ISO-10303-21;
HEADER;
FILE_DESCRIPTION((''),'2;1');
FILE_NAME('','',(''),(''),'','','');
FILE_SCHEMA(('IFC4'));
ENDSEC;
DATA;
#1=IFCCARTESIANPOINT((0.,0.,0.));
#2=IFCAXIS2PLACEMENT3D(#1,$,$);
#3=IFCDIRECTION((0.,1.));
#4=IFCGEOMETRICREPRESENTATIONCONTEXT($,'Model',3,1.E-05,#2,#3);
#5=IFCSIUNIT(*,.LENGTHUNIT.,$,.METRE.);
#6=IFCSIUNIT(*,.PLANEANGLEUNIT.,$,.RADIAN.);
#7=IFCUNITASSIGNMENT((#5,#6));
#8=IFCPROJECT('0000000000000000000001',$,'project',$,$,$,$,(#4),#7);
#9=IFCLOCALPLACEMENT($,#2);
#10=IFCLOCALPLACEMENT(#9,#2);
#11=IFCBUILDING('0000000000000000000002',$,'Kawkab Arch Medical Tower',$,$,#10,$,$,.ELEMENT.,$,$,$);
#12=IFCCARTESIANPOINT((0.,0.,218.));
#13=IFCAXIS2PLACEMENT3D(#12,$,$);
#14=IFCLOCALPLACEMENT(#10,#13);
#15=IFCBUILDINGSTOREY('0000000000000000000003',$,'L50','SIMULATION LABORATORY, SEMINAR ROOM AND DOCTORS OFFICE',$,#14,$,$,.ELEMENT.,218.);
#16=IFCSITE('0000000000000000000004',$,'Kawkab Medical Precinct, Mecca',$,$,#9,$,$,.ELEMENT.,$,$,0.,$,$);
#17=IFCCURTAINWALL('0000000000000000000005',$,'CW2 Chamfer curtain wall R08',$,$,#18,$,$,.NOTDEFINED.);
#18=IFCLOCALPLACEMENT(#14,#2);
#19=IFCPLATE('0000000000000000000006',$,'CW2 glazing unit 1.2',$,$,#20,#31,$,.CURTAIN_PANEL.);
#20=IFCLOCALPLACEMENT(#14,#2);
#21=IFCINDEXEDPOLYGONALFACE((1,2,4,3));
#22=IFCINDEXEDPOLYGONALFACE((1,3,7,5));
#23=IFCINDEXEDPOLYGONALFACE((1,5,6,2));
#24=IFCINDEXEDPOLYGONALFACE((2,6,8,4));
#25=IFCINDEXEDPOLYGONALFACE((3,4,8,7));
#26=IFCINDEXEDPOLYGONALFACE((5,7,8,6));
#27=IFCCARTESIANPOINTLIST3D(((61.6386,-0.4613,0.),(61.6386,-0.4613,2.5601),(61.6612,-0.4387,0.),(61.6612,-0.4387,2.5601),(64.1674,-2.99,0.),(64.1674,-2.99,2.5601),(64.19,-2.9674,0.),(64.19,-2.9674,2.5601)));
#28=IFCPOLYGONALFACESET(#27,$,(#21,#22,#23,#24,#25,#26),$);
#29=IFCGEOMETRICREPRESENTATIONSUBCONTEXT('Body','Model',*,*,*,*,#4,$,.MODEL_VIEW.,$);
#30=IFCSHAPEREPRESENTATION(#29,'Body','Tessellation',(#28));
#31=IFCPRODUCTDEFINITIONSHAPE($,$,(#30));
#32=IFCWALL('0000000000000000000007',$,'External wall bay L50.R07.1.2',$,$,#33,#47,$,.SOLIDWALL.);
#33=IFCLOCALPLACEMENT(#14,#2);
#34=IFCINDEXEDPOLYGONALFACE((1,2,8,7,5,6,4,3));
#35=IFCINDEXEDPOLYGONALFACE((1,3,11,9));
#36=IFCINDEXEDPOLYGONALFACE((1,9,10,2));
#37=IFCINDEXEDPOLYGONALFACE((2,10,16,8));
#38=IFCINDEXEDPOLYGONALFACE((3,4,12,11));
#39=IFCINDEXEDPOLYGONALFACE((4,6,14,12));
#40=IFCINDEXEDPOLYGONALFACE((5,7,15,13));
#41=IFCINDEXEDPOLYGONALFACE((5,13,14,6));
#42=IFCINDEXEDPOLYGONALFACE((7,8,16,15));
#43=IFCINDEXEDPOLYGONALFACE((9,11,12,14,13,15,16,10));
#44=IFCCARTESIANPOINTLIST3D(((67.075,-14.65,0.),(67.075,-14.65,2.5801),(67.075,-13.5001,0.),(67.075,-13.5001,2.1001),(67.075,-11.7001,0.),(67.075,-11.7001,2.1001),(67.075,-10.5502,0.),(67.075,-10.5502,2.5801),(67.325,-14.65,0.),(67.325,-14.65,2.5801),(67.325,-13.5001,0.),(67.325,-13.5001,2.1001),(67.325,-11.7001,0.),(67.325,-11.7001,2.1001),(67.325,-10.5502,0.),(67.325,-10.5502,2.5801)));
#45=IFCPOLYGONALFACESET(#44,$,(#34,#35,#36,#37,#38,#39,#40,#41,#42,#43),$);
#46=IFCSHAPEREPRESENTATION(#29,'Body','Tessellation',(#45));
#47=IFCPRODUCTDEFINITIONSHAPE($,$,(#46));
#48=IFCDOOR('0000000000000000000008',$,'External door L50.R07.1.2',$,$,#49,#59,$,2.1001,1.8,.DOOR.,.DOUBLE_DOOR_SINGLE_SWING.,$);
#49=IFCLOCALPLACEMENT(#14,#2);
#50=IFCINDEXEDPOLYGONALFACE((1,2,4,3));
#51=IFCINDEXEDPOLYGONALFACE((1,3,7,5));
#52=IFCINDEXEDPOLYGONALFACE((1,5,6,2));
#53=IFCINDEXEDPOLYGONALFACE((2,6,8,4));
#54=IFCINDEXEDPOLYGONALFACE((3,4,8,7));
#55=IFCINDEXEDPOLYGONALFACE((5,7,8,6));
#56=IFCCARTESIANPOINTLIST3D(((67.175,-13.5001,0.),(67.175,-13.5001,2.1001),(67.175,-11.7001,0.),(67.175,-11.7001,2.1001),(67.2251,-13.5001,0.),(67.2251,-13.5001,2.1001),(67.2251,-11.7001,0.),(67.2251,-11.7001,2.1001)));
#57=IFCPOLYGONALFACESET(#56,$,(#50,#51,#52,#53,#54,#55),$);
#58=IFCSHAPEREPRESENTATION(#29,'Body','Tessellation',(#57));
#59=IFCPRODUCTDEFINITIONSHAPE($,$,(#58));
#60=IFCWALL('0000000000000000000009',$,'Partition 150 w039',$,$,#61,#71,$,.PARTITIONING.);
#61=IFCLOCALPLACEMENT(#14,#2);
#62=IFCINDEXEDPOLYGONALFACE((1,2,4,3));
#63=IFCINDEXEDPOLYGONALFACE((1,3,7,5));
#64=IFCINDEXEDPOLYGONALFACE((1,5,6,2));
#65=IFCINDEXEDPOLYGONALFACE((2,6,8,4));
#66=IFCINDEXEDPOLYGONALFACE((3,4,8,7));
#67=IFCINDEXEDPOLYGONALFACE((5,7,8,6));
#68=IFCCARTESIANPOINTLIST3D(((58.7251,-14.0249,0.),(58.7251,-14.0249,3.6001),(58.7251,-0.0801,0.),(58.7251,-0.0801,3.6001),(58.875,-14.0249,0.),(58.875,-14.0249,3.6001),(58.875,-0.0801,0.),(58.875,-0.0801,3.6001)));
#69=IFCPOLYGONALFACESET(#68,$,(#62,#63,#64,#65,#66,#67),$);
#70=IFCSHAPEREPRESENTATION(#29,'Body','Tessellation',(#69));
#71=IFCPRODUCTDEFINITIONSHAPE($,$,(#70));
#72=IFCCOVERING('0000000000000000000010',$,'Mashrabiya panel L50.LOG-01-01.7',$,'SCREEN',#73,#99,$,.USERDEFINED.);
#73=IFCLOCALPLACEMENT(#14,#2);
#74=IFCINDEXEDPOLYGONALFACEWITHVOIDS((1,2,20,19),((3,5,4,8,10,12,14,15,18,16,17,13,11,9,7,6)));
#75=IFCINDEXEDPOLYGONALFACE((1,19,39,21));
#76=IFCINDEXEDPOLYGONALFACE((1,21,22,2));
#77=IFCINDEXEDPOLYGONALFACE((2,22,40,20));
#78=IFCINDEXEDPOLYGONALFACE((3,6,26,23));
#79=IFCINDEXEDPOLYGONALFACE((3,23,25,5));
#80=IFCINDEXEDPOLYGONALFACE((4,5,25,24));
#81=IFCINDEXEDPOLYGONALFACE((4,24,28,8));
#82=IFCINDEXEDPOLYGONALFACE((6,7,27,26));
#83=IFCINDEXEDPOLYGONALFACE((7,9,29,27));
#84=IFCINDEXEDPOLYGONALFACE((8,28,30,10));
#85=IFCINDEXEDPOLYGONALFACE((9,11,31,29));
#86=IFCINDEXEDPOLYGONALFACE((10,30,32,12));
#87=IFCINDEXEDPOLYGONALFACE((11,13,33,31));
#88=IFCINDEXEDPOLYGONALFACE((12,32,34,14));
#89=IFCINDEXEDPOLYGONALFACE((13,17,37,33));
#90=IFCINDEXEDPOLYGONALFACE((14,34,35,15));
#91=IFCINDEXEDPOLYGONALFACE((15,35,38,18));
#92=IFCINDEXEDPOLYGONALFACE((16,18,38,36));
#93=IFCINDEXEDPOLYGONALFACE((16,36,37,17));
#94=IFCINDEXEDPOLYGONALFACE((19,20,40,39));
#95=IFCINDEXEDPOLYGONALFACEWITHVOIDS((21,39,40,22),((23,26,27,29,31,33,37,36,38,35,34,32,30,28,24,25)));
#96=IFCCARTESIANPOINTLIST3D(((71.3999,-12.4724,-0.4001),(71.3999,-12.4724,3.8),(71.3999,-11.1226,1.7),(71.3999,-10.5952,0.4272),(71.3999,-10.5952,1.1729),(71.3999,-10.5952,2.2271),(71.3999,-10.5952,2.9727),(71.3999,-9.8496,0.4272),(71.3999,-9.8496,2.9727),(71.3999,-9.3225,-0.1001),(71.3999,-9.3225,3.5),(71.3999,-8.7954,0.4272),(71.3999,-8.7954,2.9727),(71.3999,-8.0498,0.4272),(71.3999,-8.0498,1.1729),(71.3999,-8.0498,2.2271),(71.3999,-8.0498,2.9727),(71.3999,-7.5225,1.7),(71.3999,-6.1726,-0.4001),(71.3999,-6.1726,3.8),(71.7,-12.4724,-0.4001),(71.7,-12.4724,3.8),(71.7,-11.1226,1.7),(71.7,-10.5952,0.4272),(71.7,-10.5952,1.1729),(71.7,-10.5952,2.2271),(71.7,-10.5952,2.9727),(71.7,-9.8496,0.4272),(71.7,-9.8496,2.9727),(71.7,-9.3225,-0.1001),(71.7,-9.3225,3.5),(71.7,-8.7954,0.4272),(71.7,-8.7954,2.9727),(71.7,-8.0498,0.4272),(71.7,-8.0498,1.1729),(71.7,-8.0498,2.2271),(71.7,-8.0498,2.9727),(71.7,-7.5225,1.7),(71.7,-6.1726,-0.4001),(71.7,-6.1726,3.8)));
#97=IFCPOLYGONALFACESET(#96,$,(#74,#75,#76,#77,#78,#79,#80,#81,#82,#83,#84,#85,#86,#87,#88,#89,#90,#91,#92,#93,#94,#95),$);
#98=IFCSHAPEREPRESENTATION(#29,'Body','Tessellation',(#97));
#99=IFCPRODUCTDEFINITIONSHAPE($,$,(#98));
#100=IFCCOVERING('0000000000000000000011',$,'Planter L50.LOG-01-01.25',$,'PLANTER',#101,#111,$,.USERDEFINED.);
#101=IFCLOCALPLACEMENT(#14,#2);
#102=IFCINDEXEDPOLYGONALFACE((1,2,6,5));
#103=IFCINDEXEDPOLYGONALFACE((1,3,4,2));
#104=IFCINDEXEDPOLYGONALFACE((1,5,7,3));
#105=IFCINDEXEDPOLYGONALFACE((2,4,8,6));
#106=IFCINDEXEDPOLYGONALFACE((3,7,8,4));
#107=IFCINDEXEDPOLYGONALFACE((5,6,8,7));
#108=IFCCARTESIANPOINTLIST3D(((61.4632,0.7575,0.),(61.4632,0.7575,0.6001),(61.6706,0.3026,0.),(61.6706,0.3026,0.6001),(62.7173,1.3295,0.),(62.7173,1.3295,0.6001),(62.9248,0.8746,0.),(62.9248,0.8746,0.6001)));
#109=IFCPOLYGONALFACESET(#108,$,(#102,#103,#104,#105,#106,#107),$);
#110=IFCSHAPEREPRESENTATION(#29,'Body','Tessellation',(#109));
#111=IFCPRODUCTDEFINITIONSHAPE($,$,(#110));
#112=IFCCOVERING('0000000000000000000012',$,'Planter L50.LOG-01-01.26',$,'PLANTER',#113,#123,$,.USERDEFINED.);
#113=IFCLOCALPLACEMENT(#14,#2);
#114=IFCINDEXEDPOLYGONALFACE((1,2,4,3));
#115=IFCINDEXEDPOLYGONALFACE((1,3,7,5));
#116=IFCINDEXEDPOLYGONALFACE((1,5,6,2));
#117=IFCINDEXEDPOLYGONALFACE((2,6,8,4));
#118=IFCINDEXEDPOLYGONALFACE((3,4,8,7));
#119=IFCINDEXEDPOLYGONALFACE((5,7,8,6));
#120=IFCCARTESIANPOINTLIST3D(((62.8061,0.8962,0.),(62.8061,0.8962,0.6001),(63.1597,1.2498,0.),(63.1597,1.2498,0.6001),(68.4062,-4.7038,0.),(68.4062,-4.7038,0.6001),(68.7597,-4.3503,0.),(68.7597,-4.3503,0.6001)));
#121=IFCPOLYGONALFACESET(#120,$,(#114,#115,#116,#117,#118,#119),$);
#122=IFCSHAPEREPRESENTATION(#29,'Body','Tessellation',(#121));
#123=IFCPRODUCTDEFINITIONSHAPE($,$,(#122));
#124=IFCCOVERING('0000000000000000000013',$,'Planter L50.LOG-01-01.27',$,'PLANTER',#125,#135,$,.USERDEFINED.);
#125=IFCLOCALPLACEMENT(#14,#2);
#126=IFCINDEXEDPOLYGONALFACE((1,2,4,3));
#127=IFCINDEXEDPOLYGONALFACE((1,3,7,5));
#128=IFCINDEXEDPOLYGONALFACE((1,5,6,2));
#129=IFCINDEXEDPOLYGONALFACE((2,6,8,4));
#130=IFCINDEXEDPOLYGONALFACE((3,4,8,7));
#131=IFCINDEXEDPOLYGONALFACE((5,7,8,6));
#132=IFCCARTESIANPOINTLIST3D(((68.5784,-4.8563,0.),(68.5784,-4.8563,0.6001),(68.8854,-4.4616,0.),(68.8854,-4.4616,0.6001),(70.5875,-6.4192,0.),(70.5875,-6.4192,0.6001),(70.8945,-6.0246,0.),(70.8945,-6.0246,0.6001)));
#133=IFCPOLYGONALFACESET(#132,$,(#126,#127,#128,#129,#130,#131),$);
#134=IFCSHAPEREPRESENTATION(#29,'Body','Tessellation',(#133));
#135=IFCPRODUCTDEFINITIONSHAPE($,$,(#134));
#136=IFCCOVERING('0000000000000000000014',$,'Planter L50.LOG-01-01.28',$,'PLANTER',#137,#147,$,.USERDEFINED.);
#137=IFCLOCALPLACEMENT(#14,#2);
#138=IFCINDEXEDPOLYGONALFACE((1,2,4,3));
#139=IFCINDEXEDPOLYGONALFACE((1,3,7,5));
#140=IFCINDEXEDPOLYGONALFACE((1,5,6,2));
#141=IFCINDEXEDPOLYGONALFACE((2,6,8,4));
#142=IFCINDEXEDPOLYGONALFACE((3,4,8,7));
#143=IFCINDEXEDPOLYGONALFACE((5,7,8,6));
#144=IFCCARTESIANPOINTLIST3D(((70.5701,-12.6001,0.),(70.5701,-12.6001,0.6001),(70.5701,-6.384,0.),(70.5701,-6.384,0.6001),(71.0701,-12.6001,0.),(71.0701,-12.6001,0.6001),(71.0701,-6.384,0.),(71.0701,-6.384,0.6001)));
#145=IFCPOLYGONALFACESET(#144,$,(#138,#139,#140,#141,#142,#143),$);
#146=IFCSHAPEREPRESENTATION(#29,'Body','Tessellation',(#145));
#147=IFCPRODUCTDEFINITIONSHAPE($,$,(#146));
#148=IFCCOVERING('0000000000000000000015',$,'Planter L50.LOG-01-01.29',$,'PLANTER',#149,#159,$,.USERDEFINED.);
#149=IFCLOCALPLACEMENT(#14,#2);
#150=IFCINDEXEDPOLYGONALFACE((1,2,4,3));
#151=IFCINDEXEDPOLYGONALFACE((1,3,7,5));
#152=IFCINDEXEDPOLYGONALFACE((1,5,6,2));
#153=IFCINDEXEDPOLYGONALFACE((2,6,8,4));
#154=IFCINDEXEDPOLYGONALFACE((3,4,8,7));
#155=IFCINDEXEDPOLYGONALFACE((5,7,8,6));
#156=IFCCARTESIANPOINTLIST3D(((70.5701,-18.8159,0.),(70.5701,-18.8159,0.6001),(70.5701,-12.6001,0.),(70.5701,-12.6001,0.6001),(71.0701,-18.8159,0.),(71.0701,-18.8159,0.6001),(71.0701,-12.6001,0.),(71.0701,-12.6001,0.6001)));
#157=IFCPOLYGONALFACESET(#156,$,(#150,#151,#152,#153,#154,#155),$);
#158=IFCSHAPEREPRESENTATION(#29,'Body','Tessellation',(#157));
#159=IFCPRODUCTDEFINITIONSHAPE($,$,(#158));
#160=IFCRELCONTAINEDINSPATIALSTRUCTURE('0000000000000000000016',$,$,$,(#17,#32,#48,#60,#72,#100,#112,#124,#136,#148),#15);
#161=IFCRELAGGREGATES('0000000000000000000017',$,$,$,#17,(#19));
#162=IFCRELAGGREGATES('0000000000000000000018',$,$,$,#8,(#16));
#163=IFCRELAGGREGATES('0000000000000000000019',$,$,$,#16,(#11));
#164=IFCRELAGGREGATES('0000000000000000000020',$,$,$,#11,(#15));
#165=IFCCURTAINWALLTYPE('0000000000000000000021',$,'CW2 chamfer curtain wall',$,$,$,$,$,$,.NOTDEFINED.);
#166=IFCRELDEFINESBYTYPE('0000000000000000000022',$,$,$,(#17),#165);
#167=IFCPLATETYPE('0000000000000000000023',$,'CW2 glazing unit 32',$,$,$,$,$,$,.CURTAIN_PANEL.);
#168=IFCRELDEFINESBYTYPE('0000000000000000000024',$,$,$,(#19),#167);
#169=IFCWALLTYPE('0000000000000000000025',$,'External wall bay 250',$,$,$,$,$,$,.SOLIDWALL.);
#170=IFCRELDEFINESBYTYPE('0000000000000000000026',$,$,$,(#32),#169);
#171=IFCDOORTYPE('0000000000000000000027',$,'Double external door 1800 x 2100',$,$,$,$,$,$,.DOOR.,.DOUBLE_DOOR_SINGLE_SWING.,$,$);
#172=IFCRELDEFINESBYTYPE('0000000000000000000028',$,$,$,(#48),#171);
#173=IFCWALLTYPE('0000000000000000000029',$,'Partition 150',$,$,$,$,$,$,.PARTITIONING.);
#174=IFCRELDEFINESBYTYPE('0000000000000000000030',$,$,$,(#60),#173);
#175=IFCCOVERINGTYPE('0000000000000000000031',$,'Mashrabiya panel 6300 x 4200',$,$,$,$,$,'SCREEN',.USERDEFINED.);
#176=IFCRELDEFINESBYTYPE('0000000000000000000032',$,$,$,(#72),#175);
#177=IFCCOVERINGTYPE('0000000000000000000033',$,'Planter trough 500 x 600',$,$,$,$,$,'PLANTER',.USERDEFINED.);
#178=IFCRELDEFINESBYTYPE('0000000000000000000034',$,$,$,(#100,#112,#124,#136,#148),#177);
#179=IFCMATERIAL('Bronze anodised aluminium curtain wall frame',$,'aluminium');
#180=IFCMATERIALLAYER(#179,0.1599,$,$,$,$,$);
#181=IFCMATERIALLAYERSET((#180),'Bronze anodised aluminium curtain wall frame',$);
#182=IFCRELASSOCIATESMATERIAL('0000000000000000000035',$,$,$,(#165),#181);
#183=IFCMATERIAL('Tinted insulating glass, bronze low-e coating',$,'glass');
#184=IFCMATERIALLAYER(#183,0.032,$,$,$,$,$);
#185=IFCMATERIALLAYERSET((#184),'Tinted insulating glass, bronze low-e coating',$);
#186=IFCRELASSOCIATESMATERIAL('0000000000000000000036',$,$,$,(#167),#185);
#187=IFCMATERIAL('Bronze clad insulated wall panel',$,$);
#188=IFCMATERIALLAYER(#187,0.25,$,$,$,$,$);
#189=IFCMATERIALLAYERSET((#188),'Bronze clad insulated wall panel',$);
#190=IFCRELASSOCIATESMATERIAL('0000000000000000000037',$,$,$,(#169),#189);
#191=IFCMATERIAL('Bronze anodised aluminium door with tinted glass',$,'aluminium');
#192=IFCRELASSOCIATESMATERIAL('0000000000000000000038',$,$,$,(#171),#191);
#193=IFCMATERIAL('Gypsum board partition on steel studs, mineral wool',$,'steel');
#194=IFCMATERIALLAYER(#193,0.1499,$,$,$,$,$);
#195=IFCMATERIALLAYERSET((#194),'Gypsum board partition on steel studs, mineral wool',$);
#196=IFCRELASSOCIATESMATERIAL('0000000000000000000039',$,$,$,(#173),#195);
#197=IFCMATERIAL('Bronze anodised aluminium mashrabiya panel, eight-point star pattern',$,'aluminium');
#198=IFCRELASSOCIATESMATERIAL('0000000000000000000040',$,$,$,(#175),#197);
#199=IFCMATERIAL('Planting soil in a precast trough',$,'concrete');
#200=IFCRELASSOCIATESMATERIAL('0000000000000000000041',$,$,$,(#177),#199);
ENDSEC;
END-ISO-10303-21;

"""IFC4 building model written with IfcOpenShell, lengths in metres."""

from ifc_helpers import new_model, si_unit, direction, frame, frame_2d, origin, origin_2d, place, context, subcontext, project, spatial, polyline, rectangle, outline, extrude, material, layer, layer_set, material_profile, profile_set, type_object, element, fill, aggregate, save


model = new_model("IFC4")

# Units and contexts
model_context = context("Model", 3, precision=1e-05, world=origin(), true_north=direction((0.0, 1.0)))
body_context = subcontext(model_context, "Body", "Model", "MODEL_VIEW")
ifc_project = project(units=[si_unit("LENGTHUNIT", "METRE"), si_unit("PLANEANGLEUNIT", "RADIAN")], contexts=[model_context])

# Site, building, storey
site_placement = place(None, origin())
site = spatial("IfcSite", under=ifc_project, at=site_placement, Name="Kawkab Medical Precinct, Mecca", CompositionType="ELEMENT", RefElevation=0.0)
building_placement = place(site_placement, origin())
building = spatial("IfcBuilding", under=site, at=building_placement, Name="Kawkab Arch Medical Tower", CompositionType="ELEMENT")
storey_placement = place(building_placement, frame((0.0, 0.0, 218.0)))
storey = spatial("IfcBuildingStorey", under=building, at=storey_placement, Name="L50", Description="SIMULATION LABORATORY, SEMINAR ROOM AND DOCTORS OFFICE", CompositionType="ELEMENT", Elevation=218.0)

# Curtain wall
placement = place(storey_placement, origin())
ifc_material_1 = material(Name="Bronze anodised aluminium curtain wall frame", Category="aluminium")
ifc_layer_1 = layer(ifc_material_1, 0.1599)
ifc_layer_set_1 = layer_set([ifc_layer_1], Name="Bronze anodised aluminium curtain wall frame")
curtain_wall_type_1 = type_object("IfcCurtainWallType", Name="CW2 chamfer curtain wall", PredefinedType="NOTDEFINED", material=ifc_layer_set_1)
curtain_wall_1 = element("IfcCurtainWall", 1, at=placement, inside=storey, type_object=curtain_wall_type_1, Name="CW2 Chamfer curtain wall R08", PredefinedType="NOTDEFINED")

# Plate
ifc_material_2 = material(Name="Tinted insulating glass, bronze low-e coating", Category="glass")
ifc_layer_2 = layer(ifc_material_2, 0.032)
ifc_layer_set_2 = layer_set([ifc_layer_2], Name="Tinted insulating glass, bronze low-e coating")
plate_type_1 = type_object("IfcPlateType", Name="CW2 glazing unit 32", PredefinedType="CURTAIN_PANEL", material=ifc_layer_set_2)
plate_1_placement = place(storey_placement, frame((62.9143, -1.7144, 0.0), z_axis=(0.0, 0.0, 1.0), x_axis=(-0.707107, 0.707107, 0.0)))
plate_1 = element("IfcPlate", 2, at=plate_1_placement, type_object=plate_type_1, Name="CW2 glazing unit 1.2", PredefinedType="CURTAIN_PANEL", context=body_context, shape_type="SweptSolid", body=[
    extrude(rectangle(XDim=3.5762, YDim=0.032, at=origin_2d()), origin(), (0.0, 0.0, 1.0), 2.5601),
])
aggregate(curtain_wall_1, [plate_1])

# Wall, opening, door
ifc_material_3 = material(Name="Bronze clad insulated wall panel")
ifc_layer_3 = layer(ifc_material_3, 0.25)
ifc_layer_set_3 = layer_set([ifc_layer_3], Name="Bronze clad insulated wall panel")
wall_type_1 = type_object("IfcWallType", Name="External wall bay 250", PredefinedType="SOLIDWALL", material=ifc_layer_set_3)
wall_1_placement = place(storey_placement, frame((67.2, -14.6499, 0.0), z_axis=(0.0, 0.0, 1.0), x_axis=(0.0, 1.0, 0.0)))
wall_1 = element("IfcWall", 3, at=wall_1_placement, inside=storey, type_object=wall_type_1, Name="External wall bay L50.R07.1.2", PredefinedType="SOLIDWALL", context=body_context, shape_type="SweptSolid", body=[
    extrude(rectangle(XDim=4.0999, YDim=0.25, at=frame_2d((2.0498, 0.0))), origin(), (0.0, 0.0, 1.0), 2.5801),
])
opening_placement = place(wall_1_placement, frame((1.1499, 0.0, 0.0)))
opening = element("IfcOpeningElement", 4, at=opening_placement, cuts=wall_1, PredefinedType="OPENING", context=body_context, shape_type="SweptSolid", body=[
    extrude(rectangle(XDim=1.8, YDim=2.1001, at=frame_2d((0.8999, 1.05))), frame((0.0, 0.135, 0.0), z_axis=(0.0, -1.0, 0.0), x_axis=(1.0, 0.0, 0.0)), (0.0, 0.0, 1.0), 0.27),
])
ifc_material_4 = material(Name="Bronze anodised aluminium door with tinted glass", Category="aluminium")
door_type = type_object("IfcDoorType", Name="Double external door 1800 x 2100", OperationType="DOUBLE_DOOR_SINGLE_SWING", PredefinedType="DOOR", material=ifc_material_4)
door_placement = place(opening_placement, origin())
door = element("IfcDoor", 5, at=door_placement, inside=storey, type_object=door_type, Name="External door L50.R07.1.2", OperationType="DOUBLE_DOOR_SINGLE_SWING", OverallHeight=2.1001, OverallWidth=1.8, PredefinedType="DOOR", context=body_context, shape_type="SweptSolid", body=[
    extrude(rectangle(XDim=1.8, YDim=2.1001, at=frame_2d((0.8999, 1.05))), frame((0.0, 0.0249, 0.0), z_axis=(0.0, -1.0, 0.0), x_axis=(1.0, 0.0, 0.0)), (0.0, 0.0, 1.0), 0.05),
])
fill(opening, door)

# Wall
ifc_material_5 = material(Name="Gypsum board partition on steel studs, mineral wool", Category="steel")
ifc_layer_4 = layer(ifc_material_5, 0.1499)
ifc_layer_set_4 = layer_set([ifc_layer_4], Name="Gypsum board partition on steel studs, mineral wool")
wall_type_2 = type_object("IfcWallType", Name="Partition 150", PredefinedType="PARTITIONING", material=ifc_layer_set_4)
wall_2_placement = place(storey_placement, frame((58.8, -14.0249, 0.0), z_axis=(0.0, 0.0, 1.0), x_axis=(0.0, 1.0, 0.0)))
element("IfcWall", 6, at=wall_2_placement, inside=storey, type_object=wall_type_2, Name="Partition 150 w039", PredefinedType="PARTITIONING", context=body_context, shape_type="SweptSolid", body=[
    extrude(rectangle(XDim=13.9448, YDim=0.1499, at=frame_2d((6.9724, 0.0))), origin(), (0.0, 0.0, 1.0), 3.6001),
])

# Coverings
ifc_material_6 = material(Name="Bronze anodised aluminium mashrabiya panel, eight-point star pattern", Category="aluminium")
ifc_material_profile_1 = material_profile(ifc_material_6, outline(polyline([(-3.1499, -2.1001), (3.1499, -2.1001), (3.1499, 2.1001), (-3.1499, 2.1001), (-3.1499, -2.1001)]), holes=[polyline([(1.8, 0.0), (1.2727, 0.5271), (1.2727, 1.2727), (0.5271, 1.2727), (0.0, 1.8), (-0.5271, 1.2727), (-1.2727, 1.2727), (-1.2727, 0.5271), (-1.8, 0.0), (-1.2727, -0.5271), (-1.2727, -1.2727), (-0.5271, -1.2727), (0.0, -1.8), (0.5271, -1.2727), (1.2727, -1.2727), (1.2727, -0.5271), (1.8, 0.0)])]), Name="Mashrabiya panel 6300x4200")
ifc_profile_set_1 = profile_set([ifc_material_profile_1], Name="Bronze anodised aluminium mashrabiya panel, eight-point star pattern")
covering_type_1 = type_object("IfcCoveringType", Name="Mashrabiya panel 6300 x 4200", ElementType="SCREEN", PredefinedType="USERDEFINED", material=ifc_profile_set_1)
covering_1_placement = place(storey_placement, frame((71.3999, -9.3225, 1.7), z_axis=(1.0, 0.0, 0.0), x_axis=(0.0, 1.0, 0.0)))
element("IfcCovering", 7, at=covering_1_placement, inside=storey, type_object=covering_type_1, Name="Mashrabiya panel L50.LOG-01-01.7", ObjectType="SCREEN", PredefinedType="USERDEFINED", context=body_context, shape_type="SweptSolid", body=[
    extrude(outline(polyline([(-3.1499, -2.1001), (3.1499, -2.1001), (3.1499, 2.1001), (-3.1499, 2.1001), (-3.1499, -2.1001)]), holes=[polyline([(1.8, 0.0), (1.2727, 0.5271), (1.2727, 1.2727), (0.5271, 1.2727), (0.0, 1.8), (-0.5271, 1.2727), (-1.2727, 1.2727), (-1.2727, 0.5271), (-1.8, 0.0), (-1.2727, -0.5271), (-1.2727, -1.2727), (-0.5271, -1.2727), (0.0, -1.8), (0.5271, -1.2727), (1.2727, -1.2727), (1.2727, -0.5271), (1.8, 0.0)])]), origin(), (0.0, 0.0, 1.0), 0.3),
])
ifc_material_7 = material(Name="Planting soil in a precast trough", Category="concrete")
ifc_material_profile_2 = material_profile(ifc_material_7, rectangle(XDim=0.5, YDim=0.6001, at=origin_2d()), Name="Trough 500x600")
ifc_profile_set_2 = profile_set([ifc_material_profile_2], Name="Planting soil in a precast trough")
covering_type_2 = type_object("IfcCoveringType", Name="Planter trough 500 x 600", ElementType="PLANTER", PredefinedType="USERDEFINED", material=ifc_profile_set_2)
covering_2_placement = place(storey_placement, frame((61.5669, 0.53, 0.3), z_axis=(0.909832, 0.414977, 0.0), x_axis=(-0.414977, 0.909832, 0.0)))
element("IfcCovering", 8, at=covering_2_placement, inside=storey, type_object=covering_type_2, Name="Planter L50.LOG-01-01.25", ObjectType="PLANTER", PredefinedType="USERDEFINED", context=body_context, shape_type="SweptSolid", body=[
    extrude(rectangle(XDim=0.5, YDim=0.6001, at=origin_2d()), origin(), (0.0, 0.0, 1.0), 1.3784),
])
covering_3_placement = place(storey_placement, frame((62.9829, 1.073, 0.3), z_axis=(0.707107, -0.707107, 0.0), x_axis=(0.707107, 0.707107, 0.0)))
element("IfcCovering", 9, at=covering_3_placement, inside=storey, type_object=covering_type_2, Name="Planter L50.LOG-01-01.26", ObjectType="PLANTER", PredefinedType="USERDEFINED", context=body_context, shape_type="SweptSolid", body=[
    extrude(rectangle(XDim=0.5, YDim=0.6001, at=origin_2d()), origin(), (0.0, 0.0, 1.0), 7.9197),
])
covering_4_placement = place(storey_placement, frame((68.7319, -4.6589, 0.3), z_axis=(0.789275, -0.61404, 0.0), x_axis=(0.61404, 0.789275, 0.0)))
element("IfcCovering", 10, at=covering_4_placement, inside=storey, type_object=covering_type_2, Name="Planter L50.LOG-01-01.27", ObjectType="PLANTER", PredefinedType="USERDEFINED", context=body_context, shape_type="SweptSolid", body=[
    extrude(rectangle(XDim=0.5, YDim=0.6001, at=origin_2d()), origin(), (0.0, 0.0, 1.0), 2.5454),
])
covering_5_placement = place(storey_placement, frame((70.8201, -6.384, 0.3), z_axis=(0.0, -1.0, 0.0), x_axis=(1.0, 0.0, 0.0)))
element("IfcCovering", 11, at=covering_5_placement, inside=storey, type_object=covering_type_2, Name="Planter L50.LOG-01-01.28", ObjectType="PLANTER", PredefinedType="USERDEFINED", context=body_context, shape_type="SweptSolid", body=[
    extrude(rectangle(XDim=0.5, YDim=0.6001, at=origin_2d()), origin(), (0.0, 0.0, 1.0), 6.2161),
])
covering_6_placement = place(storey_placement, frame((70.8201, -12.6001, 0.3), z_axis=(0.0, -1.0, 0.0), x_axis=(1.0, 0.0, 0.0)))
element("IfcCovering", 12, at=covering_6_placement, inside=storey, type_object=covering_type_2, Name="Planter L50.LOG-01-01.29", ObjectType="PLANTER", PredefinedType="USERDEFINED", context=body_context, shape_type="SweptSolid", body=[
    extrude(rectangle(XDim=0.5, YDim=0.6001, at=origin_2d()), origin(), (0.0, 0.0, 1.0), 6.2158),
])

save(model, "model.ifc")
